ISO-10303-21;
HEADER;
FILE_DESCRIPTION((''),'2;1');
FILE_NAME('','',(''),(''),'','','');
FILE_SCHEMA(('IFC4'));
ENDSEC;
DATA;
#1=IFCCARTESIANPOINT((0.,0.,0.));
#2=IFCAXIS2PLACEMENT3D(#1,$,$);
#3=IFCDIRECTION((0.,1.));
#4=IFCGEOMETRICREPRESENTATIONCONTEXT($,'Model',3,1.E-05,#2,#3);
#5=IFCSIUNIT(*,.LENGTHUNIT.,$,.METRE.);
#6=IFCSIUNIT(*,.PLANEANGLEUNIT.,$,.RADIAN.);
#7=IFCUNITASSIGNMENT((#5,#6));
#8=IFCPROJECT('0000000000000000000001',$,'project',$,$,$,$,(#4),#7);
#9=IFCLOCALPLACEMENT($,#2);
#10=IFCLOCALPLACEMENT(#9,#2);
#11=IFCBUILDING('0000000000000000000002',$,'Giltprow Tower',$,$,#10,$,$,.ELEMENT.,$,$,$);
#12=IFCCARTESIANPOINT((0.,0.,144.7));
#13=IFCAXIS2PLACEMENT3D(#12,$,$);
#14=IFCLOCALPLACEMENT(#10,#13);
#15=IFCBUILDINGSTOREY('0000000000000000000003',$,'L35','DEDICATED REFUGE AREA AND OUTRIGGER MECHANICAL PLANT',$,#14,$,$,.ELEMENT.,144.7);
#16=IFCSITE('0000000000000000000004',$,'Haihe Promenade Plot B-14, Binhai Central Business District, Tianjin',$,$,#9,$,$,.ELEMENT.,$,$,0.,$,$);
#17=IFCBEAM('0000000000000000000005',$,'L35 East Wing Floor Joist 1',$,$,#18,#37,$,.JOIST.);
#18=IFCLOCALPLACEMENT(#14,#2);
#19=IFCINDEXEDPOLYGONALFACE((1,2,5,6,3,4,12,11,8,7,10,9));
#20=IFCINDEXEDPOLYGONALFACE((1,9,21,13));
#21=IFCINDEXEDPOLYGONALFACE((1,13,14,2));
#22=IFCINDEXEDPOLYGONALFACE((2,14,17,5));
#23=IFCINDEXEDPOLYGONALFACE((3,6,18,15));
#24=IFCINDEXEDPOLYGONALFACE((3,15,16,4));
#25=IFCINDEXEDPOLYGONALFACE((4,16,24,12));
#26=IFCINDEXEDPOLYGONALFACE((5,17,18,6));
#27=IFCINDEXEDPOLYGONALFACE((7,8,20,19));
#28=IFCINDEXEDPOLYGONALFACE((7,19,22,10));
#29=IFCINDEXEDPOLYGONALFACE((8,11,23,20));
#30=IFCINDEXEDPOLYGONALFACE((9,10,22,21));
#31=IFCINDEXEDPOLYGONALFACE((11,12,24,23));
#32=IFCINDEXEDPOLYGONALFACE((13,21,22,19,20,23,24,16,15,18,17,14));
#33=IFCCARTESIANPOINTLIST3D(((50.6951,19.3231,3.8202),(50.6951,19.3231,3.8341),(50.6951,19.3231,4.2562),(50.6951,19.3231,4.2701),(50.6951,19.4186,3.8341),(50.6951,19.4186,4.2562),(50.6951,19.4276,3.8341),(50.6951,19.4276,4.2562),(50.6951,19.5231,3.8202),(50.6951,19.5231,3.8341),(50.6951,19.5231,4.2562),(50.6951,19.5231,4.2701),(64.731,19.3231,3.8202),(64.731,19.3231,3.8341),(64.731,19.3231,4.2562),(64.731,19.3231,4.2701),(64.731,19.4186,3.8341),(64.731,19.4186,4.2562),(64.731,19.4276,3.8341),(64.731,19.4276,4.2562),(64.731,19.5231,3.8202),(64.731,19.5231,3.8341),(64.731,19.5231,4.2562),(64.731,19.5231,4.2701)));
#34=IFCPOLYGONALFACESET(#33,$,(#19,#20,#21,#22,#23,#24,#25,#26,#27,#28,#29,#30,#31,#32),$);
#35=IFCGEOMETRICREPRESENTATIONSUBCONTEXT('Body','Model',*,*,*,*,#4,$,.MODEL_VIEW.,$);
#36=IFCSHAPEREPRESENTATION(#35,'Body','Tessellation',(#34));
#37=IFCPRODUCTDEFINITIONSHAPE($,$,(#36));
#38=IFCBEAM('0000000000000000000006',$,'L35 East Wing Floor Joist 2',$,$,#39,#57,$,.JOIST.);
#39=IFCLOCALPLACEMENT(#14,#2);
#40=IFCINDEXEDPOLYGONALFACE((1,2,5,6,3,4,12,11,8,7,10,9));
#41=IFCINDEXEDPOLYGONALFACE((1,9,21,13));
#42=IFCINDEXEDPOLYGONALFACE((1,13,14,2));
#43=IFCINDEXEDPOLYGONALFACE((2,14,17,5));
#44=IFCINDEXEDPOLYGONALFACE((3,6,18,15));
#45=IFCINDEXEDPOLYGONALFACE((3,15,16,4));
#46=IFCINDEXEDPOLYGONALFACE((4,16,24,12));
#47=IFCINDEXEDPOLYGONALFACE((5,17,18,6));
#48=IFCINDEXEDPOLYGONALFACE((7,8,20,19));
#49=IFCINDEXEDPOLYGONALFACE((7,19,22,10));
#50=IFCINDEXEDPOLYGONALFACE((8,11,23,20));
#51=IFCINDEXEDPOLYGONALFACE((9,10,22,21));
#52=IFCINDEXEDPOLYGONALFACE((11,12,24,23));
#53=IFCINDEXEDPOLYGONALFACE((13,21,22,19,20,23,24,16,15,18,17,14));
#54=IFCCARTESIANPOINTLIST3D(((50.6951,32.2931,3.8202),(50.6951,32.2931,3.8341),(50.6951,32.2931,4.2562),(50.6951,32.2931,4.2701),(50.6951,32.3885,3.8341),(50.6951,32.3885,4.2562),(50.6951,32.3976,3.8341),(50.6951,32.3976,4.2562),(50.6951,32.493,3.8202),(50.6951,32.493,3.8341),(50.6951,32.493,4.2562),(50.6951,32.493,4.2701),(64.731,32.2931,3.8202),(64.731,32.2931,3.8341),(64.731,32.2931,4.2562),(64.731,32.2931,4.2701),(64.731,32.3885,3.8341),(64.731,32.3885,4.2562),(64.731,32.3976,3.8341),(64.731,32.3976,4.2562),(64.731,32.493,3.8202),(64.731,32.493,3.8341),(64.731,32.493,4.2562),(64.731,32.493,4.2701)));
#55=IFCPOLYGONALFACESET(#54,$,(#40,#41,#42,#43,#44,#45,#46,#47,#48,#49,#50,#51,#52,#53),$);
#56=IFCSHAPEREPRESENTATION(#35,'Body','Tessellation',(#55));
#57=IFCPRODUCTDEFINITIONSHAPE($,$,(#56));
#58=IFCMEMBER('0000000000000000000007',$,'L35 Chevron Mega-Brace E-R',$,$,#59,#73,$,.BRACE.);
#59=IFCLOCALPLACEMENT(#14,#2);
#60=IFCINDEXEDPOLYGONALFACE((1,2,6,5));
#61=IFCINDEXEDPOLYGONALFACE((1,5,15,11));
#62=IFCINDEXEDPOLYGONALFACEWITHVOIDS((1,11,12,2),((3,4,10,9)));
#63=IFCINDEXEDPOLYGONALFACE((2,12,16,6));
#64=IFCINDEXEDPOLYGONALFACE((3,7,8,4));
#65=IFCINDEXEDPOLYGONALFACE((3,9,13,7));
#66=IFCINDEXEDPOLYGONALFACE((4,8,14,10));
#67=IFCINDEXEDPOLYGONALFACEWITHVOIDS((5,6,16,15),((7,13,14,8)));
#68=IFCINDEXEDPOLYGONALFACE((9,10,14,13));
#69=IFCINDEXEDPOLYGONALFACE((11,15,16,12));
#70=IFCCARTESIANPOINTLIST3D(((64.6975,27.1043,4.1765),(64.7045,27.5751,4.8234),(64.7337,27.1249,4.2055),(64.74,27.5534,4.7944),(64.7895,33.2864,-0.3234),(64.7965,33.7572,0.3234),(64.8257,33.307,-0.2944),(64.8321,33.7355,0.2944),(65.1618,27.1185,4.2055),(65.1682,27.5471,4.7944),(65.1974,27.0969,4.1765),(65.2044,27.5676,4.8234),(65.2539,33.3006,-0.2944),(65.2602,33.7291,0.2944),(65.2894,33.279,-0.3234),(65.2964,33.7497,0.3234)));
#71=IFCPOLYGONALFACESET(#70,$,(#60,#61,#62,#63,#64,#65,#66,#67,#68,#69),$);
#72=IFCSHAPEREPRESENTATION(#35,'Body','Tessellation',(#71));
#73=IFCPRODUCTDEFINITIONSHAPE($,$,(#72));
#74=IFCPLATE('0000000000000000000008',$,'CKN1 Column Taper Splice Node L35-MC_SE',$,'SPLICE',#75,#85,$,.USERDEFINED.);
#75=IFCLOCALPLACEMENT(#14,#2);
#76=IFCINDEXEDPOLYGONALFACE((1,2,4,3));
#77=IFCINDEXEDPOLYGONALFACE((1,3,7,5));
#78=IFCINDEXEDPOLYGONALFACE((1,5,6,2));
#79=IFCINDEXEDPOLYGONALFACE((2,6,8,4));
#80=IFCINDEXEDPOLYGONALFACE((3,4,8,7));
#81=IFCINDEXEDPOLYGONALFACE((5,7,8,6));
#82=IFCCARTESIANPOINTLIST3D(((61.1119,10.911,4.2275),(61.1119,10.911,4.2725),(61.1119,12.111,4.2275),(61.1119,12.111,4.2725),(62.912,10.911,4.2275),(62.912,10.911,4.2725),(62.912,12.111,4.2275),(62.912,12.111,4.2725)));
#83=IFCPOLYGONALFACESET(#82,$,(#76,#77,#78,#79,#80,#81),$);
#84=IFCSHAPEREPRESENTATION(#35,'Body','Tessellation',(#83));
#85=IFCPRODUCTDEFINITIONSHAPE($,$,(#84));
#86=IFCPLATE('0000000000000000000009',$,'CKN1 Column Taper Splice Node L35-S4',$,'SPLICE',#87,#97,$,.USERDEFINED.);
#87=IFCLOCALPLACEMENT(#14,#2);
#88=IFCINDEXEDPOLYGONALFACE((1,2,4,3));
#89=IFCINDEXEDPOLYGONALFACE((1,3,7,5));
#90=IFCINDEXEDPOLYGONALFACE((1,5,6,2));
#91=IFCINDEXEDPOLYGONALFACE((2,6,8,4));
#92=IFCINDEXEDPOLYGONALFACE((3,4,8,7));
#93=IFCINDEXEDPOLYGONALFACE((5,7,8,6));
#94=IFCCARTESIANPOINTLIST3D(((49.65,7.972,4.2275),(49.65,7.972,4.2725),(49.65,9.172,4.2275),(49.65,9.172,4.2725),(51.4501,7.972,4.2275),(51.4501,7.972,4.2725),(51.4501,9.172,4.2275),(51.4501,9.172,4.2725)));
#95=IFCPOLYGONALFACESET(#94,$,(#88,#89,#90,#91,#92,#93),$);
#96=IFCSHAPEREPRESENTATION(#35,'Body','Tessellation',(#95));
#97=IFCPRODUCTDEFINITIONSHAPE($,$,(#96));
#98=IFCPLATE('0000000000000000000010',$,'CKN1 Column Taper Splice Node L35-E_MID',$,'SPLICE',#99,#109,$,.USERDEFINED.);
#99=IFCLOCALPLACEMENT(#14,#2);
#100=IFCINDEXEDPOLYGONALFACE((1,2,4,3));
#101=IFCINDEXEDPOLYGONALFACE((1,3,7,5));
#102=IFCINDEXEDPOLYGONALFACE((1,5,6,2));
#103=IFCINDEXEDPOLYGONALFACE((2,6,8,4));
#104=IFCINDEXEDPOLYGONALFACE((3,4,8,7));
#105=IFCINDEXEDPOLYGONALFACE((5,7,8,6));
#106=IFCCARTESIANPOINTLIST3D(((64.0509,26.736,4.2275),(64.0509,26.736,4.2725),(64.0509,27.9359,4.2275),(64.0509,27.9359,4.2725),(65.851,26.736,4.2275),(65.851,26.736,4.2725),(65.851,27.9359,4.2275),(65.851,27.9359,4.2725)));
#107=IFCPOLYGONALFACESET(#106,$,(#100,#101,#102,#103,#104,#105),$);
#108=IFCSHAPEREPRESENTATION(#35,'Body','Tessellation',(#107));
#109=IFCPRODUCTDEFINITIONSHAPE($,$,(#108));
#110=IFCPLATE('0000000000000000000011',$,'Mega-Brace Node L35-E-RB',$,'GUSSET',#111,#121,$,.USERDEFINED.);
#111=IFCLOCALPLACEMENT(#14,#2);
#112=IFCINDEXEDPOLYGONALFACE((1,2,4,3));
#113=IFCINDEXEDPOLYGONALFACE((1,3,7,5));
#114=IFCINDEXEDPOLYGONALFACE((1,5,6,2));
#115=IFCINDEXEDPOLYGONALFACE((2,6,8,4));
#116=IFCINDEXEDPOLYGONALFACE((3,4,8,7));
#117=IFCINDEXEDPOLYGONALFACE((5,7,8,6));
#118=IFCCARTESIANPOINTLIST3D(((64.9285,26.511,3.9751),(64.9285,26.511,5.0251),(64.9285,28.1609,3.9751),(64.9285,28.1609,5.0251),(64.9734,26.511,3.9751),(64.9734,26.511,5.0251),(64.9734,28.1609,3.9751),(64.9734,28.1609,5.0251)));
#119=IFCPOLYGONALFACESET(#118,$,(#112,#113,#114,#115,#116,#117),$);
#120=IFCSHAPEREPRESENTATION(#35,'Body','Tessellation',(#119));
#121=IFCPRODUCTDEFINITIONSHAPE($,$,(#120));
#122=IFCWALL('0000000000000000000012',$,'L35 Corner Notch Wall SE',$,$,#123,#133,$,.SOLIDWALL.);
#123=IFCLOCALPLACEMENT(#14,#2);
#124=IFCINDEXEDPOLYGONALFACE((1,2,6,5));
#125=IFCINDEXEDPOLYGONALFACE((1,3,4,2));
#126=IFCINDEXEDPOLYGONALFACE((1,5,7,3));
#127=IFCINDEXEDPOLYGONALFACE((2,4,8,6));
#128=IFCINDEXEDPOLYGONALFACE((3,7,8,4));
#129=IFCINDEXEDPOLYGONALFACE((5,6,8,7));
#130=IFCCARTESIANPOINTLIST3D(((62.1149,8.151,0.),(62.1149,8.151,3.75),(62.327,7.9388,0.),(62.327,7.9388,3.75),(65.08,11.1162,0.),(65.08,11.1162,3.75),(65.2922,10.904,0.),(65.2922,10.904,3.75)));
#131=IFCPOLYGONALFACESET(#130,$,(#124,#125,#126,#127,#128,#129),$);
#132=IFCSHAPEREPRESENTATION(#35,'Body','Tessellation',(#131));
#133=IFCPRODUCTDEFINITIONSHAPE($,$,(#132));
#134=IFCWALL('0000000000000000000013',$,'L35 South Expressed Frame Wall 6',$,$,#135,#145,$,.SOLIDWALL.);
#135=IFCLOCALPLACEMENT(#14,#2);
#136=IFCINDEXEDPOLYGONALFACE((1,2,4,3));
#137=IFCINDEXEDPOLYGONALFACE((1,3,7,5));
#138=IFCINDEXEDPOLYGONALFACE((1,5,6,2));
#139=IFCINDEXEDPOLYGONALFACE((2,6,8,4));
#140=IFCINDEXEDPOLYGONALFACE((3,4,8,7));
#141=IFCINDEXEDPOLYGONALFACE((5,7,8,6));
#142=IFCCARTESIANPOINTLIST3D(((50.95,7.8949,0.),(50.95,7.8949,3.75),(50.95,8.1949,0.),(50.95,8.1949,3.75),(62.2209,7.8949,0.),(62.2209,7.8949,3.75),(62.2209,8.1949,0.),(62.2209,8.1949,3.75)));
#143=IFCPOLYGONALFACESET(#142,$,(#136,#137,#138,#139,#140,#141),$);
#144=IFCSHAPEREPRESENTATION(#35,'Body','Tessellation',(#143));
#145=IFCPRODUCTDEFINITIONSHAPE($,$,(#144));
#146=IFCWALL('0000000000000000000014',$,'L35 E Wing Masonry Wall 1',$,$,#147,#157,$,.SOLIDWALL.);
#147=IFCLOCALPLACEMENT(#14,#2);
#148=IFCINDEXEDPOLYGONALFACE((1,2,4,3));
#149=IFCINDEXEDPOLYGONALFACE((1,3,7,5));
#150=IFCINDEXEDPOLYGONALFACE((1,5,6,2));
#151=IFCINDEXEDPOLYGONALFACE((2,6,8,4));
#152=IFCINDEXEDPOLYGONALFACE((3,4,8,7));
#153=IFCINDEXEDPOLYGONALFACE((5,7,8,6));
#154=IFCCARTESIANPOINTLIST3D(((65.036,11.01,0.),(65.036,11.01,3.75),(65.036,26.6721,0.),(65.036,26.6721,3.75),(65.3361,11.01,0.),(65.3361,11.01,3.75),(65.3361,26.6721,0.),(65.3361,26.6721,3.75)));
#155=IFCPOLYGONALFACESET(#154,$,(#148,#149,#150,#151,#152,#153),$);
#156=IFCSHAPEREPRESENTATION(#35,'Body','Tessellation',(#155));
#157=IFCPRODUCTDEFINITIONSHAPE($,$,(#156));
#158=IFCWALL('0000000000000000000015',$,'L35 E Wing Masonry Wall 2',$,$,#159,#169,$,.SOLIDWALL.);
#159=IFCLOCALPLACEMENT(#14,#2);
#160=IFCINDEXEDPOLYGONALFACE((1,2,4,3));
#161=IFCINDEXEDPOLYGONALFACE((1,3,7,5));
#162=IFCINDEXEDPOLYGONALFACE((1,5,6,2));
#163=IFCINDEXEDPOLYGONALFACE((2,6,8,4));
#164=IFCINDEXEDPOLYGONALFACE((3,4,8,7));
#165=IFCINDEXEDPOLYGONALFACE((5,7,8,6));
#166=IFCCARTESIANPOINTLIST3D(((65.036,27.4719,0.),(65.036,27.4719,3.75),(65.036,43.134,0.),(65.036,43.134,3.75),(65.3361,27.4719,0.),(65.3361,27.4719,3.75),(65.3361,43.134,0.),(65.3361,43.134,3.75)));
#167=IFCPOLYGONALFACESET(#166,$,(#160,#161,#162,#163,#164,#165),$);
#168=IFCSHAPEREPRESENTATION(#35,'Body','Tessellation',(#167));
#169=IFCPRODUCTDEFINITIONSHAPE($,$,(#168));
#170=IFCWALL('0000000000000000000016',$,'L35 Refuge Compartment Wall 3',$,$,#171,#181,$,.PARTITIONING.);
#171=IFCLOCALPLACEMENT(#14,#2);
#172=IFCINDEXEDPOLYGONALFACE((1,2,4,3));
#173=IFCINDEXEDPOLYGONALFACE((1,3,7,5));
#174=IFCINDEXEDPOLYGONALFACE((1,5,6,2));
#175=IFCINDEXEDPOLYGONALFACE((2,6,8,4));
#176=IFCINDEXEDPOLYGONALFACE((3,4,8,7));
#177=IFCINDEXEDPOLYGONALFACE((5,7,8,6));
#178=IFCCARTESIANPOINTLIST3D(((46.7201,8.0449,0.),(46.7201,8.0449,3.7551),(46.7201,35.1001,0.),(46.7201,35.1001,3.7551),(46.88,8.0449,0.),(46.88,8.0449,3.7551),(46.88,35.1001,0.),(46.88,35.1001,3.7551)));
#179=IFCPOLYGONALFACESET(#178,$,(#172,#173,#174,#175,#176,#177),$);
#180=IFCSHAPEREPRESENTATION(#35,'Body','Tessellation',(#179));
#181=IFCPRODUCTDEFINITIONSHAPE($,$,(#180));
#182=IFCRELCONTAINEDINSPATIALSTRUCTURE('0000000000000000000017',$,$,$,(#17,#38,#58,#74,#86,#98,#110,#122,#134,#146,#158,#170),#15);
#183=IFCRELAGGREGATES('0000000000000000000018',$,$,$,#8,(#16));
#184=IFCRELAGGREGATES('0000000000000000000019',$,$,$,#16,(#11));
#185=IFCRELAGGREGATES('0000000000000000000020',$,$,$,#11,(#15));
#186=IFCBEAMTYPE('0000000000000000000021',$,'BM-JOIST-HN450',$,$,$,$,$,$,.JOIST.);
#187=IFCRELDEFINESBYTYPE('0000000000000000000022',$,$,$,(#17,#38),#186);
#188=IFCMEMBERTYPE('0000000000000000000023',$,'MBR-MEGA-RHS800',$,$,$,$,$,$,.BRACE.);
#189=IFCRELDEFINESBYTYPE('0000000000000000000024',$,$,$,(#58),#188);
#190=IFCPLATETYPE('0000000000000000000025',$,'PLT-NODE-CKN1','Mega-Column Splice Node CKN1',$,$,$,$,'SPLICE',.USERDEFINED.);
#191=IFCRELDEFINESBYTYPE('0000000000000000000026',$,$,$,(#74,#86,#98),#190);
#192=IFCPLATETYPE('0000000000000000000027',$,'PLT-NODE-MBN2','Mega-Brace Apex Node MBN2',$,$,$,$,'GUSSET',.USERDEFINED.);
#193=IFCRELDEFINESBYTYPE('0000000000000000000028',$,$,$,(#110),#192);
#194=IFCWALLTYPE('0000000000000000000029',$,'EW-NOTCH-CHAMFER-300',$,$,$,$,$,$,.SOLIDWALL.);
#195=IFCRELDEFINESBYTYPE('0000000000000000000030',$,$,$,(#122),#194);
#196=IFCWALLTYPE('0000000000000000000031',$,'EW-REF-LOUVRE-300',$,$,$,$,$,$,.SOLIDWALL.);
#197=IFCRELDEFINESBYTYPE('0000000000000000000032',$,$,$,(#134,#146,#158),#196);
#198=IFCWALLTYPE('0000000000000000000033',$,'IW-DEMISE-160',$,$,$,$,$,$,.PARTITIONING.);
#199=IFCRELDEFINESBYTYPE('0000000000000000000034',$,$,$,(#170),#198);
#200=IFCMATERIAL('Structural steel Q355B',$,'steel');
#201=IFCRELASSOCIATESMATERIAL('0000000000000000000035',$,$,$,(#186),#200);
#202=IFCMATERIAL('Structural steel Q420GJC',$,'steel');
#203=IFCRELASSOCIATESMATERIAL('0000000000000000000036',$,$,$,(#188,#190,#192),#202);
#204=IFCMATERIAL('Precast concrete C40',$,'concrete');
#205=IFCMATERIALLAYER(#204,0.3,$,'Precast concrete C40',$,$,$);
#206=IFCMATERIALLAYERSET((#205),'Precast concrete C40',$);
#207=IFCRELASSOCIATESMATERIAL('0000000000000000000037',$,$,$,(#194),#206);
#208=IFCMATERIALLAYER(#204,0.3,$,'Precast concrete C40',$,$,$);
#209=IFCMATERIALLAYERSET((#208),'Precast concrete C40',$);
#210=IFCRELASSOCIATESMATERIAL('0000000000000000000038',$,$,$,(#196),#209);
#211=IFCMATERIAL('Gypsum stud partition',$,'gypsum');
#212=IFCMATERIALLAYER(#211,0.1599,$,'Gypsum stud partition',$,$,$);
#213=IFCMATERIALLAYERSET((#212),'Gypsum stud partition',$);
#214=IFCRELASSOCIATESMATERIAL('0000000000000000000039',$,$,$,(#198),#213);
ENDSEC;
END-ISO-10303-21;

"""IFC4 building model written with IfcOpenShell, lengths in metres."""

from ifc_helpers import new_model, si_unit, direction, frame, frame_2d, origin, origin_2d, place, context, subcontext, project, spatial, rectangle, hollow_rectangle, i_section, extrude, source, transform, mapped, material, layer, layer_set, material_profile, profile_set, type_object, element, save


model = new_model("IFC4")

# Units and contexts
model_context = context("Model", 3, precision=1e-05, world=origin(), true_north=direction((0.0, 1.0)))
body_context = subcontext(model_context, "Body", "Model", "MODEL_VIEW")
ifc_project = project(units=[si_unit("LENGTHUNIT", "METRE"), si_unit("PLANEANGLEUNIT", "RADIAN")], contexts=[model_context])

# Site, building, storey
site_placement = place(None, origin())
site = spatial("IfcSite", under=ifc_project, at=site_placement, Name="Haihe Promenade Plot B-14, Binhai Central Business District, Tianjin", CompositionType="ELEMENT", RefElevation=0.0)
building_placement = place(site_placement, origin())
building = spatial("IfcBuilding", under=site, at=building_placement, Name="Giltprow Tower", CompositionType="ELEMENT")
storey_placement = place(building_placement, frame((0.0, 0.0, 144.7)))
storey = spatial("IfcBuildingStorey", under=building, at=storey_placement, Name="L35", Description="DEDICATED REFUGE AREA AND OUTRIGGER MECHANICAL PLANT", CompositionType="ELEMENT", Elevation=144.7)

# Shared definitions
ifc_material_1 = material(Name="Structural steel Q420GJC", Category="steel")

# Beams
ifc_material_2 = material(Name="Structural steel Q355B", Category="steel")
ifc_material_profile_1 = material_profile(ifc_material_2, i_section(OverallWidth=0.2, OverallDepth=0.45, WebThickness=0.009, FlangeThickness=0.0139, at=origin_2d()), Name="HN 450x200x9x14")
ifc_profile_set_1 = profile_set([ifc_material_profile_1], Name="Structural steel Q355B")
beam_type_1 = type_object("IfcBeamType", Name="BM-JOIST-HN450", PredefinedType="JOIST", material=ifc_profile_set_1)
shared_shape_1 = source(origin(), body_context, "Body", "SweptSolid", [
    extrude(i_section(OverallWidth=0.2, OverallDepth=0.45, WebThickness=0.009, FlangeThickness=0.0139, at=origin_2d()), origin(), (0.0, 0.0, 1.0), 14.0359),
])
for number, where, z_axis, x_axis, name in (
    (1, (50.6951, 19.4231, 4.0452), (1.0, 0.0, 0.0), (0.0, 1.0, 0.0), "L35 East Wing Floor Joist 1"),
    (2, (50.6951, 32.3931, 4.0452), (1.0, 0.0, 0.0), (0.0, 1.0, 0.0), "L35 East Wing Floor Joist 2"),
):
    element("IfcBeam", number, at=place(storey_placement, frame(where, z_axis=z_axis, x_axis=x_axis)), inside=storey, type_object=beam_type_1, Name=name, PredefinedType="JOIST", context=body_context, shape_type="MappedRepresentation", body=[
        mapped(shared_shape_1, transform((0.0, 0.0, 0.0), x_axis=(1.0, 0.0, 0.0), y_axis=(0.0, 1.0, 0.0), z_axis=(0.0, 0.0, 1.0), scale=1.0)),
    ])

# Member
ifc_material_profile_2 = material_profile(ifc_material_1, hollow_rectangle(XDim=0.5, YDim=0.8, WallThickness=0.0359, at=origin_2d()), Name="RHS 800x500x36")
ifc_profile_set_2 = profile_set([ifc_material_profile_2], Name="Structural steel Q420GJC")
member_type = type_object("IfcMemberType", Name="MBR-MEGA-RHS800", PredefinedType="BRACE", material=ifc_profile_set_2)
shared_shape_2 = source(origin(), body_context, "Body", "SweptSolid", [
    extrude(hollow_rectangle(XDim=0.5, YDim=0.8, WallThickness=0.0359, at=origin_2d()), origin(), (0.0, 0.0, 1.0), 7.647),
])
member_placement = place(storey_placement, frame((65.043, 33.5181, 0.0), z_axis=(-0.012036, -0.808434, 0.588463), x_axis=(0.999889, -0.014887, 0.0)))
element("IfcMember", 3, at=member_placement, inside=storey, type_object=member_type, Name="L35 Chevron Mega-Brace E-R", PredefinedType="BRACE", context=body_context, shape_type="MappedRepresentation", body=[
    mapped(shared_shape_2, transform((0.0, 0.0, 0.0), x_axis=(1.0, 0.0, 0.0), y_axis=(0.0, 1.0, 0.0), z_axis=(0.0, 0.0, 1.0), scale=1.0)),
])

# Plates
plate_type_1 = type_object("IfcPlateType", Name="PLT-NODE-CKN1", Description="Mega-Column Splice Node CKN1", ElementType="SPLICE", PredefinedType="USERDEFINED", material=ifc_material_1)
shared_shape_3 = source(origin(), body_context, "Body", "SweptSolid", [
    extrude(rectangle(XDim=1.8, YDim=1.2, at=origin_2d()), origin(), (0.0, 0.0, 1.0), 0.0449),
])
for number, where, z_axis, x_axis, name in (
    (4, (62.012, 11.511, 4.2275), (0.0, 0.0, 1.0), (1.0, 0.0, 0.0), "CKN1 Column Taper Splice Node L35-MC_SE"),
    (5, (50.55, 8.572, 4.2275), (0.0, 0.0, 1.0), (1.0, 0.0, 0.0), "CKN1 Column Taper Splice Node L35-S4"),
    (6, (64.9509, 27.3359, 4.2275), (0.0, 0.0, 1.0), (1.0, 0.0, 0.0), "CKN1 Column Taper Splice Node L35-E_MID"),
):
    element("IfcPlate", number, at=place(storey_placement, frame(where, z_axis=z_axis, x_axis=x_axis)), inside=storey, type_object=plate_type_1, Name=name, ObjectType="SPLICE", PredefinedType="USERDEFINED", context=body_context, shape_type="MappedRepresentation", body=[
        mapped(shared_shape_3, transform((0.0, 0.0, 0.0), x_axis=(1.0, 0.0, 0.0), y_axis=(0.0, 1.0, 0.0), z_axis=(0.0, 0.0, 1.0), scale=1.0)),
    ])
plate_type_2 = type_object("IfcPlateType", Name="PLT-NODE-MBN2", Description="Mega-Brace Apex Node MBN2", ElementType="GUSSET", PredefinedType="USERDEFINED", material=ifc_material_1)
shared_shape_4 = source(origin(), body_context, "Body", "SweptSolid", [
    extrude(rectangle(XDim=1.6499, YDim=0.0449, at=origin_2d()), origin(), (0.0, 0.0, 1.0), 1.05),
])
plate_placement = place(storey_placement, frame((64.9509, 27.3359, 3.9751), z_axis=(0.0, 0.0, 1.0), x_axis=(0.0, 1.0, 0.0)))
element("IfcPlate", 7, at=plate_placement, inside=storey, type_object=plate_type_2, Name="Mega-Brace Node L35-E-RB", ObjectType="GUSSET", PredefinedType="USERDEFINED", context=body_context, shape_type="MappedRepresentation", body=[
    mapped(shared_shape_4, transform((0.0, 0.0, 0.0), x_axis=(1.0, 0.0, 0.0), y_axis=(0.0, 1.0, 0.0), z_axis=(0.0, 0.0, 1.0), scale=1.0)),
])

# Walls
ifc_material_3 = material(Name="Precast concrete C40", Category="concrete")
ifc_layer_1 = layer(ifc_material_3, 0.3, Name="Precast concrete C40")
ifc_layer_set_1 = layer_set([ifc_layer_1], Name="Precast concrete C40")
wall_type_1 = type_object("IfcWallType", Name="EW-NOTCH-CHAMFER-300", PredefinedType="SOLIDWALL", material=ifc_layer_set_1)
wall_1_placement = place(storey_placement, frame((62.2209, 8.0449, 0.0), z_axis=(0.0, 0.0, 1.0), x_axis=(0.707107, 0.707107, 0.0)))
element("IfcWall", 8, at=wall_1_placement, inside=storey, type_object=wall_type_1, Name="L35 Corner Notch Wall SE", PredefinedType="SOLIDWALL", context=body_context, shape_type="SweptSolid", body=[
    extrude(rectangle(XDim=4.1934, YDim=0.3, at=frame_2d((2.0967, 0.0))), origin(), (0.0, 0.0, 1.0), 3.75),
])
ifc_layer_2 = layer(ifc_material_3, 0.3, Name="Precast concrete C40")
ifc_layer_set_2 = layer_set([ifc_layer_2], Name="Precast concrete C40")
wall_type_2 = type_object("IfcWallType", Name="EW-REF-LOUVRE-300", PredefinedType="SOLIDWALL", material=ifc_layer_set_2)
wall_2_placement = place(storey_placement, frame((50.95, 8.0449, 0.0), z_axis=(0.0, 0.0, 1.0), x_axis=(1.0, 0.0, 0.0)))
element("IfcWall", 9, at=wall_2_placement, inside=storey, type_object=wall_type_2, Name="L35 South Expressed Frame Wall 6", PredefinedType="SOLIDWALL", context=body_context, shape_type="SweptSolid", body=[
    extrude(rectangle(XDim=11.271, YDim=0.3, at=frame_2d((5.6355, 0.0))), origin(), (0.0, 0.0, 1.0), 3.75),
])
for number, where, z_axis, x_axis, name in (
    (10, (65.186, 11.01, 0.0), (0.0, 0.0, 1.0), (0.0, 1.0, 0.0), "L35 E Wing Masonry Wall 1"),
    (11, (65.186, 27.4719, 0.0), (0.0, 0.0, 1.0), (0.0, 1.0, 0.0), "L35 E Wing Masonry Wall 2"),
):
    element("IfcWall", number, at=place(storey_placement, frame(where, z_axis=z_axis, x_axis=x_axis)), inside=storey, type_object=wall_type_2, Name=name, PredefinedType="SOLIDWALL", context=body_context, shape_type="SweptSolid", body=[
        extrude(rectangle(XDim=15.6621, YDim=0.3, at=frame_2d((7.8311, 0.0))), origin(), (0.0, 0.0, 1.0), 3.75),
    ])
ifc_material_4 = material(Name="Gypsum stud partition", Category="gypsum")
ifc_layer_3 = layer(ifc_material_4, 0.1599, Name="Gypsum stud partition")
ifc_layer_set_3 = layer_set([ifc_layer_3], Name="Gypsum stud partition")
wall_type_3 = type_object("IfcWallType", Name="IW-DEMISE-160", PredefinedType="PARTITIONING", material=ifc_layer_set_3)
wall_3_placement = place(storey_placement, frame((46.8, 8.0449, 0.0), z_axis=(0.0, 0.0, 1.0), x_axis=(0.0, 1.0, 0.0)))
element("IfcWall", 12, at=wall_3_placement, inside=storey, type_object=wall_type_3, Name="L35 Refuge Compartment Wall 3", PredefinedType="PARTITIONING", context=body_context, shape_type="SweptSolid", body=[
    extrude(rectangle(XDim=27.0552, YDim=0.1599, at=frame_2d((13.5276, 0.0))), origin(), (0.0, 0.0, 1.0), 3.7551),
])

save(model, "model.ifc")
